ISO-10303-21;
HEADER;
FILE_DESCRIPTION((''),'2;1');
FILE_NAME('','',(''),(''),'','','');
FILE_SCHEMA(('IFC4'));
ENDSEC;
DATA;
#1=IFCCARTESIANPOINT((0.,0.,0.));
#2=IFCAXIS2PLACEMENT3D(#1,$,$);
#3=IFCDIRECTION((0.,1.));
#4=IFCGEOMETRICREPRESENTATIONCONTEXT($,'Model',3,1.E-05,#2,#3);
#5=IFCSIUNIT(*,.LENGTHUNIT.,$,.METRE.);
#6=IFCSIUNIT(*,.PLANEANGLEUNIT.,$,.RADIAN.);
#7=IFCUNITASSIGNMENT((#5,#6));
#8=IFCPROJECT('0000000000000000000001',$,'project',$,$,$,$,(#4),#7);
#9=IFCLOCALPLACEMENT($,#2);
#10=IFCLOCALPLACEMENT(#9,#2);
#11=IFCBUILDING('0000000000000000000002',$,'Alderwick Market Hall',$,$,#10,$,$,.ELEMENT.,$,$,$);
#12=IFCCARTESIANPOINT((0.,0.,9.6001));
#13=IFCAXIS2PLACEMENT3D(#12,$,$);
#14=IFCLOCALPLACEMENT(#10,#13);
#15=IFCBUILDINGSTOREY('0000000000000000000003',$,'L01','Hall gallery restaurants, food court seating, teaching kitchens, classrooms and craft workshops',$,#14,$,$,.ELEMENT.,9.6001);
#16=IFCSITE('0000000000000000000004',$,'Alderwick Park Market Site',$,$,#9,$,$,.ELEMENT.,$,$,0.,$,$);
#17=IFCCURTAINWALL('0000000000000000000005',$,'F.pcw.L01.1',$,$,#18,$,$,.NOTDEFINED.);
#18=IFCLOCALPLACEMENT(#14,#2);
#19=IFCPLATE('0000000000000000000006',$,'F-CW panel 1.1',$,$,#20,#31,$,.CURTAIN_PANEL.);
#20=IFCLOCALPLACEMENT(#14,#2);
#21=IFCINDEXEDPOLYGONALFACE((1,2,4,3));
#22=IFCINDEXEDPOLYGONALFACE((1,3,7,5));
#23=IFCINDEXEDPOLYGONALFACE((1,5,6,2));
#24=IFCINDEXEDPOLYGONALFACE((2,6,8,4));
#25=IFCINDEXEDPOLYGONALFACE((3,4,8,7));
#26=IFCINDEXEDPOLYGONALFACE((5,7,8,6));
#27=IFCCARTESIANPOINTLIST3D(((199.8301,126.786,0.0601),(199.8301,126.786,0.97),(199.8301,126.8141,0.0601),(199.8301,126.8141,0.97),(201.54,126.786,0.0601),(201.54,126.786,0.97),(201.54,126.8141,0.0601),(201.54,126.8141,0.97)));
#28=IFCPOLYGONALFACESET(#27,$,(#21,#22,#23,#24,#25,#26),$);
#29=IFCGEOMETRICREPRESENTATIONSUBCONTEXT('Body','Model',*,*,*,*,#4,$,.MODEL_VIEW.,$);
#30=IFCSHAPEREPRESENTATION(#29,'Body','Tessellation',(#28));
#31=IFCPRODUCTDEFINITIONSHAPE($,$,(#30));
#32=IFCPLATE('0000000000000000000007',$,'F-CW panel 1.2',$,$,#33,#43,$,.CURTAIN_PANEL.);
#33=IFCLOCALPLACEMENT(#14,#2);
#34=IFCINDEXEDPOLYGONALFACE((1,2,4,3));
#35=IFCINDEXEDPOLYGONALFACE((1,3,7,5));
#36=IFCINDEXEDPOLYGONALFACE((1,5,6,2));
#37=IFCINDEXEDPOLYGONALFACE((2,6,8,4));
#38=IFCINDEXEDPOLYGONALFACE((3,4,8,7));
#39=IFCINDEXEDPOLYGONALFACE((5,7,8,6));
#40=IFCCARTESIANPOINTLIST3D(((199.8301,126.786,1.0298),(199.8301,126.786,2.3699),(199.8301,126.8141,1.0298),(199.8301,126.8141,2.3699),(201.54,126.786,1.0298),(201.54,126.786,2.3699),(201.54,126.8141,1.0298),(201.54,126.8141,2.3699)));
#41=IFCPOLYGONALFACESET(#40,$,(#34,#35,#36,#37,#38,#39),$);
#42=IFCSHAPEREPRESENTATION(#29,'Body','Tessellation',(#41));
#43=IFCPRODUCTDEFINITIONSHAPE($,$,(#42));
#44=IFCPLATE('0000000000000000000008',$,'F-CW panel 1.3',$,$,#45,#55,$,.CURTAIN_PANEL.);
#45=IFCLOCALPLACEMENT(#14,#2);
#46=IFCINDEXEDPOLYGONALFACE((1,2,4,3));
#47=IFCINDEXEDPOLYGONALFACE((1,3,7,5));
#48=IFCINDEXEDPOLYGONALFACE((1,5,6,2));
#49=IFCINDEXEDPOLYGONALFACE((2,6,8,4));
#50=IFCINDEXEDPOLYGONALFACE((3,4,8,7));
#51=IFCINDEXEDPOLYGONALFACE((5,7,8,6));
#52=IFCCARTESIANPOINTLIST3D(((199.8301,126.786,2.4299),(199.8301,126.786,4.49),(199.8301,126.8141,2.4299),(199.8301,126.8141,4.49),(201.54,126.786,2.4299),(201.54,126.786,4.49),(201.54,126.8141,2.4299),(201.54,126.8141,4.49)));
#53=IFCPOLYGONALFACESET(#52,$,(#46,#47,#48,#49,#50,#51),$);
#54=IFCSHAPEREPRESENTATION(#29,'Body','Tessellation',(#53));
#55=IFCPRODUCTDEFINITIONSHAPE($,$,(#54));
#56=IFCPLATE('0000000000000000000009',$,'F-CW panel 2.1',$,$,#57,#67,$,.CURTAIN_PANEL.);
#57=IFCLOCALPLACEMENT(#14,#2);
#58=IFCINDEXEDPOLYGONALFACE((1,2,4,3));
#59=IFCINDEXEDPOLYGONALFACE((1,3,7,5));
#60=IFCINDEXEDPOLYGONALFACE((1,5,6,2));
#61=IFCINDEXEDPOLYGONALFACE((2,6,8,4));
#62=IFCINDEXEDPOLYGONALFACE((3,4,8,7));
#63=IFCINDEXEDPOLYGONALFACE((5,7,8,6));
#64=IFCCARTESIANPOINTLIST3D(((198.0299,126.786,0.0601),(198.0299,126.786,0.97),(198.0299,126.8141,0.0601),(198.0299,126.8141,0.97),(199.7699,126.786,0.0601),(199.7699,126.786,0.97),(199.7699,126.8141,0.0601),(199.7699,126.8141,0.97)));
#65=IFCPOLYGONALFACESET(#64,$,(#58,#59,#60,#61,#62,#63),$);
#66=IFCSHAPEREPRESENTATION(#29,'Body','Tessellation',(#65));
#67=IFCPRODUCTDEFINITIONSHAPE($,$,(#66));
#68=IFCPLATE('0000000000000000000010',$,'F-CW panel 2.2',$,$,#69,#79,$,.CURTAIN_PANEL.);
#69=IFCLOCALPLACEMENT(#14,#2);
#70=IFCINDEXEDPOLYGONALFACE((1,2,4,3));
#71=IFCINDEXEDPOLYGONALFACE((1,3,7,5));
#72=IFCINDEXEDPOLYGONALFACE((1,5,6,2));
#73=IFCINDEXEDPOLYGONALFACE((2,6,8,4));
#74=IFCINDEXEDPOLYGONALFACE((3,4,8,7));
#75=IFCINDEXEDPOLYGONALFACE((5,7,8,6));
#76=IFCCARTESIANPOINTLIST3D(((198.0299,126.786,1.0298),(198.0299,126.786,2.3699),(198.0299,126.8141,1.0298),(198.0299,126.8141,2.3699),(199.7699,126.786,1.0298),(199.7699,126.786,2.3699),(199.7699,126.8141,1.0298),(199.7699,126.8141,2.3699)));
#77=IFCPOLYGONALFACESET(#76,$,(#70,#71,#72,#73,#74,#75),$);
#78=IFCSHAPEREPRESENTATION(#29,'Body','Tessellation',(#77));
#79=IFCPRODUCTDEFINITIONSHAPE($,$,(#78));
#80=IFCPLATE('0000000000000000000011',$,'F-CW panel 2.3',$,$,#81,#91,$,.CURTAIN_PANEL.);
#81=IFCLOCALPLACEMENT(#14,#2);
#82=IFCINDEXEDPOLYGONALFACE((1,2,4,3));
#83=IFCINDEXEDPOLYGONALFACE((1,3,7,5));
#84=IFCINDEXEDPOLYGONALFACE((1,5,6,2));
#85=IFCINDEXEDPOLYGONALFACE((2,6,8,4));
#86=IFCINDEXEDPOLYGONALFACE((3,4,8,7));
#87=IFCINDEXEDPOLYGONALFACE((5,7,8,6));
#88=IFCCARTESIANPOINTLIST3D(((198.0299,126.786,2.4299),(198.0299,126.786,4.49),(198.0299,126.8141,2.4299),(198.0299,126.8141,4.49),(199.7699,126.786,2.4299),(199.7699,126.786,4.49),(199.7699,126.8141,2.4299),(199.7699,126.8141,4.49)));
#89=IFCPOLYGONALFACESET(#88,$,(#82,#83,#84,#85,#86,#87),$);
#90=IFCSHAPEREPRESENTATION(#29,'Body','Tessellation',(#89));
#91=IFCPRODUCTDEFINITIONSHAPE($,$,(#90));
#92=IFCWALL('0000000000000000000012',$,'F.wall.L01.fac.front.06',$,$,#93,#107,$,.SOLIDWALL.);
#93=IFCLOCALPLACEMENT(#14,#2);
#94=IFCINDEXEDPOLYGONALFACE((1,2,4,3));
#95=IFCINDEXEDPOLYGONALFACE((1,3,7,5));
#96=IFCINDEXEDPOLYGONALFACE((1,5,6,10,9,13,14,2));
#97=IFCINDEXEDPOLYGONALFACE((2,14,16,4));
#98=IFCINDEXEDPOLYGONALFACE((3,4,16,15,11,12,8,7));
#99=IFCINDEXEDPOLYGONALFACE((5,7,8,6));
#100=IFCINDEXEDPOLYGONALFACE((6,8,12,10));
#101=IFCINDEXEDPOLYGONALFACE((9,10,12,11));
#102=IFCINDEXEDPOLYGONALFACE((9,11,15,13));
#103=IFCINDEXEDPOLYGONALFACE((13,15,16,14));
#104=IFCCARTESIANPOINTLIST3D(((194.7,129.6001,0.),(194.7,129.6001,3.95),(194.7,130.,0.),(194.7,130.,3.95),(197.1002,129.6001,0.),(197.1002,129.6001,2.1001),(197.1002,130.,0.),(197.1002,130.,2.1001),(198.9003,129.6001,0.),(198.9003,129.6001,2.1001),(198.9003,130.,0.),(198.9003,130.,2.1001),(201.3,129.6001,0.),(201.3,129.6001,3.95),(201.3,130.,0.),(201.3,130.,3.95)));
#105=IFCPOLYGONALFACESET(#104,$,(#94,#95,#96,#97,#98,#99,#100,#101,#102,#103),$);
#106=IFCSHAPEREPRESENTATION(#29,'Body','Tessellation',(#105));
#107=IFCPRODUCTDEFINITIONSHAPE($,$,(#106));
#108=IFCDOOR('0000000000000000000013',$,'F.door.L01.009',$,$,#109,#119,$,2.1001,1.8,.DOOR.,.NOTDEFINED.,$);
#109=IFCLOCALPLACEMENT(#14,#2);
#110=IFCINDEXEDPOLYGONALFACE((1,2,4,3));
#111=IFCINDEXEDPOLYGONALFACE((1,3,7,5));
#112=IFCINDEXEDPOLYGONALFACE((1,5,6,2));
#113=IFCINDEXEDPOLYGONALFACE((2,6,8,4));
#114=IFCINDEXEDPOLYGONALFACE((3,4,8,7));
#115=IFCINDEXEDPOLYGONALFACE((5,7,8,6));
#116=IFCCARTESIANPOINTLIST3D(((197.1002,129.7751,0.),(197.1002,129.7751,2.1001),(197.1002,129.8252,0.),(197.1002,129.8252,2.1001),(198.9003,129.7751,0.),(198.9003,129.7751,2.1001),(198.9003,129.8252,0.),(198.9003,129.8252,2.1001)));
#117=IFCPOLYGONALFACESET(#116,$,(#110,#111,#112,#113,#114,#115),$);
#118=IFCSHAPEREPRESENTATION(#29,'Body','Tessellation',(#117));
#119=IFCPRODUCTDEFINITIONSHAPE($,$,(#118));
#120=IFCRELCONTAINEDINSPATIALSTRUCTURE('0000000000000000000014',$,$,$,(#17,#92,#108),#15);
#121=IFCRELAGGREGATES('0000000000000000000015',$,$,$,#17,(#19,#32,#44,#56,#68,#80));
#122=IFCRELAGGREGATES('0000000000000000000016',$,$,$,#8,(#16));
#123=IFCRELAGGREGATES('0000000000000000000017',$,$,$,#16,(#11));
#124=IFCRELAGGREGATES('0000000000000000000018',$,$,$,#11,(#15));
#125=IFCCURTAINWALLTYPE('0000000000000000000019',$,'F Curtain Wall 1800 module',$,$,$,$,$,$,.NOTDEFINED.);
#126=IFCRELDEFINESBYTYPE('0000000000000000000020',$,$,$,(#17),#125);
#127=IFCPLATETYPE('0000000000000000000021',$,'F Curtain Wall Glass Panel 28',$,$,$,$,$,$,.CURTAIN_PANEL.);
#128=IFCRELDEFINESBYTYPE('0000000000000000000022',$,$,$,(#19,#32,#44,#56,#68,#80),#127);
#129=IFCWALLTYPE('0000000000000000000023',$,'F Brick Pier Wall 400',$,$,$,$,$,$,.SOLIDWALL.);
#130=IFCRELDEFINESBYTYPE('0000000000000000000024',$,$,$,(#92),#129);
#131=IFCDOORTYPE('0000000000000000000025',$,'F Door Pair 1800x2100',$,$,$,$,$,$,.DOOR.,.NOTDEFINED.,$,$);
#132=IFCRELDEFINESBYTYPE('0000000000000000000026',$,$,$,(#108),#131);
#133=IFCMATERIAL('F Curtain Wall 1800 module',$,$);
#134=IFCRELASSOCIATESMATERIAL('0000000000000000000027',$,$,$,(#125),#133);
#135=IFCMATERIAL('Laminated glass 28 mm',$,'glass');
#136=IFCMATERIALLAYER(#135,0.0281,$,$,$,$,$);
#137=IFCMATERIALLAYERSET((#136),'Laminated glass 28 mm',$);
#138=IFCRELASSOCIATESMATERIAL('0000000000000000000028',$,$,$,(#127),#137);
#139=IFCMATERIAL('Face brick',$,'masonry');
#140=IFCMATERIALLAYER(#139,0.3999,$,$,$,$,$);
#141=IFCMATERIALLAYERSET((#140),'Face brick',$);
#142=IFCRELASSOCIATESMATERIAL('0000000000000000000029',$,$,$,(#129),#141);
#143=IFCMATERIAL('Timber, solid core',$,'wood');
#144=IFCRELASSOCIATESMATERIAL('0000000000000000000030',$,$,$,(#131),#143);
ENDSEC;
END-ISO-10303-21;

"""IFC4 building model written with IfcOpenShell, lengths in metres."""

from ifc_helpers import new_model, si_unit, direction, frame, frame_2d, origin, origin_2d, place, context, subcontext, project, spatial, rectangle, extrude, material, layer, layer_set, type_object, element, fill, aggregate, save


model = new_model("IFC4")

# Units and contexts
model_context = context("Model", 3, precision=1e-05, world=origin(), true_north=direction((0.0, 1.0)))
body_context = subcontext(model_context, "Body", "Model", "MODEL_VIEW")
ifc_project = project(units=[si_unit("LENGTHUNIT", "METRE"), si_unit("PLANEANGLEUNIT", "RADIAN")], contexts=[model_context])

# Site, building, storey
site_placement = place(None, origin())
site = spatial("IfcSite", under=ifc_project, at=site_placement, Name="Alderwick Park Market Site", CompositionType="ELEMENT", RefElevation=0.0)
building_placement = place(site_placement, origin())
building = spatial("IfcBuilding", under=site, at=building_placement, Name="Alderwick Market Hall", CompositionType="ELEMENT")
storey_placement = place(building_placement, frame((0.0, 0.0, 9.6001)))
storey = spatial("IfcBuildingStorey", under=building, at=storey_placement, Name="L01", Description="Hall gallery restaurants, food court seating, teaching kitchens, classrooms and craft workshops", CompositionType="ELEMENT", Elevation=9.6001)

# Curtain wall, plates
ifc_material_1 = material(Name="F Curtain Wall 1800 module")
curtain_wall_type = type_object("IfcCurtainWallType", Name="F Curtain Wall 1800 module", PredefinedType="NOTDEFINED", material=ifc_material_1)
curtain_wall_placement = place(storey_placement, origin())
curtain_wall = element("IfcCurtainWall", 1, at=curtain_wall_placement, inside=storey, type_object=curtain_wall_type, Name="F.pcw.L01.1", PredefinedType="NOTDEFINED")
ifc_material_2 = material(Name="Laminated glass 28 mm", Category="glass")
ifc_layer_1 = layer(ifc_material_2, 0.0281)
ifc_layer_set_1 = layer_set([ifc_layer_1], Name="Laminated glass 28 mm")
plate_type = type_object("IfcPlateType", Name="F Curtain Wall Glass Panel 28", PredefinedType="CURTAIN_PANEL", material=ifc_layer_set_1)
plate_1_placement = place(storey_placement, frame((200.6851, 126.8, 0.0601), z_axis=(0.0, 0.0, 1.0), x_axis=(-1.0, 0.0, 0.0)))
plate_1 = element("IfcPlate", 2, at=plate_1_placement, type_object=plate_type, Name="F-CW panel 1.1", PredefinedType="CURTAIN_PANEL", context=body_context, shape_type="SweptSolid", body=[
    extrude(rectangle(XDim=1.71, YDim=0.0281, at=origin_2d()), origin(), (0.0, 0.0, 1.0), 0.9099),
])
plate_2_placement = place(storey_placement, frame((200.6851, 126.8, 1.0298), z_axis=(0.0, 0.0, 1.0), x_axis=(-1.0, 0.0, 0.0)))
plate_2 = element("IfcPlate", 3, at=plate_2_placement, type_object=plate_type, Name="F-CW panel 1.2", PredefinedType="CURTAIN_PANEL", context=body_context, shape_type="SweptSolid", body=[
    extrude(rectangle(XDim=1.71, YDim=0.0281, at=origin_2d()), origin(), (0.0, 0.0, 1.0), 1.3401),
])
plate_3_placement = place(storey_placement, frame((200.6851, 126.8, 2.4299), z_axis=(0.0, 0.0, 1.0), x_axis=(-1.0, 0.0, 0.0)))
plate_3 = element("IfcPlate", 4, at=plate_3_placement, type_object=plate_type, Name="F-CW panel 1.3", PredefinedType="CURTAIN_PANEL", context=body_context, shape_type="SweptSolid", body=[
    extrude(rectangle(XDim=1.71, YDim=0.0281, at=origin_2d()), origin(), (0.0, 0.0, 1.0), 2.0601),
])
plate_4_placement = place(storey_placement, frame((198.8999, 126.8, 0.0601), z_axis=(0.0, 0.0, 1.0), x_axis=(-1.0, 0.0, 0.0)))
plate_4 = element("IfcPlate", 5, at=plate_4_placement, type_object=plate_type, Name="F-CW panel 2.1", PredefinedType="CURTAIN_PANEL", context=body_context, shape_type="SweptSolid", body=[
    extrude(rectangle(XDim=1.74, YDim=0.0281, at=origin_2d()), origin(), (0.0, 0.0, 1.0), 0.9099),
])
plate_5_placement = place(storey_placement, frame((198.8999, 126.8, 1.0298), z_axis=(0.0, 0.0, 1.0), x_axis=(-1.0, 0.0, 0.0)))
plate_5 = element("IfcPlate", 6, at=plate_5_placement, type_object=plate_type, Name="F-CW panel 2.2", PredefinedType="CURTAIN_PANEL", context=body_context, shape_type="SweptSolid", body=[
    extrude(rectangle(XDim=1.74, YDim=0.0281, at=origin_2d()), origin(), (0.0, 0.0, 1.0), 1.3401),
])
plate_6_placement = place(storey_placement, frame((198.8999, 126.8, 2.4299), z_axis=(0.0, 0.0, 1.0), x_axis=(-1.0, 0.0, 0.0)))
plate_6 = element("IfcPlate", 7, at=plate_6_placement, type_object=plate_type, Name="F-CW panel 2.3", PredefinedType="CURTAIN_PANEL", context=body_context, shape_type="SweptSolid", body=[
    extrude(rectangle(XDim=1.74, YDim=0.0281, at=origin_2d()), origin(), (0.0, 0.0, 1.0), 2.0601),
])
aggregate(curtain_wall, [plate_1, plate_2, plate_3, plate_4, plate_5, plate_6])

# Wall, opening, door
ifc_material_3 = material(Name="Face brick", Category="masonry")
ifc_layer_2 = layer(ifc_material_3, 0.3999)
ifc_layer_set_2 = layer_set([ifc_layer_2], Name="Face brick")
wall_type = type_object("IfcWallType", Name="F Brick Pier Wall 400", PredefinedType="SOLIDWALL", material=ifc_layer_set_2)
wall_placement = place(storey_placement, frame((201.3, 129.8, 0.0), z_axis=(0.0, 0.0, 1.0), x_axis=(-1.0, 0.0, 0.0)))
wall = element("IfcWall", 8, at=wall_placement, inside=storey, type_object=wall_type, Name="F.wall.L01.fac.front.06", PredefinedType="SOLIDWALL", context=body_context, shape_type="SweptSolid", body=[
    extrude(rectangle(XDim=6.6001, YDim=0.3999, at=frame_2d((3.3, 0.0))), origin(), (0.0, 0.0, 1.0), 3.95),
])
opening_placement = place(wall_placement, frame((2.3999, 0.0, 0.0)))
opening = element("IfcOpeningElement", 9, at=opening_placement, cuts=wall, PredefinedType="OPENING", context=body_context, shape_type="SweptSolid", body=[
    extrude(rectangle(XDim=1.8, YDim=2.1001, at=frame_2d((0.8999, 1.05))), frame((0.0, 0.21, 0.0), z_axis=(0.0, -1.0, 0.0), x_axis=(1.0, 0.0, 0.0)), (0.0, 0.0, 1.0), 0.4199),
])
ifc_material_4 = material(Name="Timber, solid core", Category="wood")
door_type = type_object("IfcDoorType", Name="F Door Pair 1800x2100", OperationType="NOTDEFINED", PredefinedType="DOOR", material=ifc_material_4)
door_placement = place(opening_placement, origin())
door = element("IfcDoor", 10, at=door_placement, inside=storey, type_object=door_type, Name="F.door.L01.009", OperationType="NOTDEFINED", OverallHeight=2.1001, OverallWidth=1.8, PredefinedType="DOOR", context=body_context, shape_type="SweptSolid", body=[
    extrude(rectangle(XDim=1.8, YDim=2.1001, at=frame_2d((0.8999, 1.05))), frame((0.0, 0.0249, 0.0), z_axis=(0.0, -1.0, 0.0), x_axis=(1.0, 0.0, 0.0)), (0.0, 0.0, 1.0), 0.05),
])
fill(opening, door)

save(model, "model.ifc")
